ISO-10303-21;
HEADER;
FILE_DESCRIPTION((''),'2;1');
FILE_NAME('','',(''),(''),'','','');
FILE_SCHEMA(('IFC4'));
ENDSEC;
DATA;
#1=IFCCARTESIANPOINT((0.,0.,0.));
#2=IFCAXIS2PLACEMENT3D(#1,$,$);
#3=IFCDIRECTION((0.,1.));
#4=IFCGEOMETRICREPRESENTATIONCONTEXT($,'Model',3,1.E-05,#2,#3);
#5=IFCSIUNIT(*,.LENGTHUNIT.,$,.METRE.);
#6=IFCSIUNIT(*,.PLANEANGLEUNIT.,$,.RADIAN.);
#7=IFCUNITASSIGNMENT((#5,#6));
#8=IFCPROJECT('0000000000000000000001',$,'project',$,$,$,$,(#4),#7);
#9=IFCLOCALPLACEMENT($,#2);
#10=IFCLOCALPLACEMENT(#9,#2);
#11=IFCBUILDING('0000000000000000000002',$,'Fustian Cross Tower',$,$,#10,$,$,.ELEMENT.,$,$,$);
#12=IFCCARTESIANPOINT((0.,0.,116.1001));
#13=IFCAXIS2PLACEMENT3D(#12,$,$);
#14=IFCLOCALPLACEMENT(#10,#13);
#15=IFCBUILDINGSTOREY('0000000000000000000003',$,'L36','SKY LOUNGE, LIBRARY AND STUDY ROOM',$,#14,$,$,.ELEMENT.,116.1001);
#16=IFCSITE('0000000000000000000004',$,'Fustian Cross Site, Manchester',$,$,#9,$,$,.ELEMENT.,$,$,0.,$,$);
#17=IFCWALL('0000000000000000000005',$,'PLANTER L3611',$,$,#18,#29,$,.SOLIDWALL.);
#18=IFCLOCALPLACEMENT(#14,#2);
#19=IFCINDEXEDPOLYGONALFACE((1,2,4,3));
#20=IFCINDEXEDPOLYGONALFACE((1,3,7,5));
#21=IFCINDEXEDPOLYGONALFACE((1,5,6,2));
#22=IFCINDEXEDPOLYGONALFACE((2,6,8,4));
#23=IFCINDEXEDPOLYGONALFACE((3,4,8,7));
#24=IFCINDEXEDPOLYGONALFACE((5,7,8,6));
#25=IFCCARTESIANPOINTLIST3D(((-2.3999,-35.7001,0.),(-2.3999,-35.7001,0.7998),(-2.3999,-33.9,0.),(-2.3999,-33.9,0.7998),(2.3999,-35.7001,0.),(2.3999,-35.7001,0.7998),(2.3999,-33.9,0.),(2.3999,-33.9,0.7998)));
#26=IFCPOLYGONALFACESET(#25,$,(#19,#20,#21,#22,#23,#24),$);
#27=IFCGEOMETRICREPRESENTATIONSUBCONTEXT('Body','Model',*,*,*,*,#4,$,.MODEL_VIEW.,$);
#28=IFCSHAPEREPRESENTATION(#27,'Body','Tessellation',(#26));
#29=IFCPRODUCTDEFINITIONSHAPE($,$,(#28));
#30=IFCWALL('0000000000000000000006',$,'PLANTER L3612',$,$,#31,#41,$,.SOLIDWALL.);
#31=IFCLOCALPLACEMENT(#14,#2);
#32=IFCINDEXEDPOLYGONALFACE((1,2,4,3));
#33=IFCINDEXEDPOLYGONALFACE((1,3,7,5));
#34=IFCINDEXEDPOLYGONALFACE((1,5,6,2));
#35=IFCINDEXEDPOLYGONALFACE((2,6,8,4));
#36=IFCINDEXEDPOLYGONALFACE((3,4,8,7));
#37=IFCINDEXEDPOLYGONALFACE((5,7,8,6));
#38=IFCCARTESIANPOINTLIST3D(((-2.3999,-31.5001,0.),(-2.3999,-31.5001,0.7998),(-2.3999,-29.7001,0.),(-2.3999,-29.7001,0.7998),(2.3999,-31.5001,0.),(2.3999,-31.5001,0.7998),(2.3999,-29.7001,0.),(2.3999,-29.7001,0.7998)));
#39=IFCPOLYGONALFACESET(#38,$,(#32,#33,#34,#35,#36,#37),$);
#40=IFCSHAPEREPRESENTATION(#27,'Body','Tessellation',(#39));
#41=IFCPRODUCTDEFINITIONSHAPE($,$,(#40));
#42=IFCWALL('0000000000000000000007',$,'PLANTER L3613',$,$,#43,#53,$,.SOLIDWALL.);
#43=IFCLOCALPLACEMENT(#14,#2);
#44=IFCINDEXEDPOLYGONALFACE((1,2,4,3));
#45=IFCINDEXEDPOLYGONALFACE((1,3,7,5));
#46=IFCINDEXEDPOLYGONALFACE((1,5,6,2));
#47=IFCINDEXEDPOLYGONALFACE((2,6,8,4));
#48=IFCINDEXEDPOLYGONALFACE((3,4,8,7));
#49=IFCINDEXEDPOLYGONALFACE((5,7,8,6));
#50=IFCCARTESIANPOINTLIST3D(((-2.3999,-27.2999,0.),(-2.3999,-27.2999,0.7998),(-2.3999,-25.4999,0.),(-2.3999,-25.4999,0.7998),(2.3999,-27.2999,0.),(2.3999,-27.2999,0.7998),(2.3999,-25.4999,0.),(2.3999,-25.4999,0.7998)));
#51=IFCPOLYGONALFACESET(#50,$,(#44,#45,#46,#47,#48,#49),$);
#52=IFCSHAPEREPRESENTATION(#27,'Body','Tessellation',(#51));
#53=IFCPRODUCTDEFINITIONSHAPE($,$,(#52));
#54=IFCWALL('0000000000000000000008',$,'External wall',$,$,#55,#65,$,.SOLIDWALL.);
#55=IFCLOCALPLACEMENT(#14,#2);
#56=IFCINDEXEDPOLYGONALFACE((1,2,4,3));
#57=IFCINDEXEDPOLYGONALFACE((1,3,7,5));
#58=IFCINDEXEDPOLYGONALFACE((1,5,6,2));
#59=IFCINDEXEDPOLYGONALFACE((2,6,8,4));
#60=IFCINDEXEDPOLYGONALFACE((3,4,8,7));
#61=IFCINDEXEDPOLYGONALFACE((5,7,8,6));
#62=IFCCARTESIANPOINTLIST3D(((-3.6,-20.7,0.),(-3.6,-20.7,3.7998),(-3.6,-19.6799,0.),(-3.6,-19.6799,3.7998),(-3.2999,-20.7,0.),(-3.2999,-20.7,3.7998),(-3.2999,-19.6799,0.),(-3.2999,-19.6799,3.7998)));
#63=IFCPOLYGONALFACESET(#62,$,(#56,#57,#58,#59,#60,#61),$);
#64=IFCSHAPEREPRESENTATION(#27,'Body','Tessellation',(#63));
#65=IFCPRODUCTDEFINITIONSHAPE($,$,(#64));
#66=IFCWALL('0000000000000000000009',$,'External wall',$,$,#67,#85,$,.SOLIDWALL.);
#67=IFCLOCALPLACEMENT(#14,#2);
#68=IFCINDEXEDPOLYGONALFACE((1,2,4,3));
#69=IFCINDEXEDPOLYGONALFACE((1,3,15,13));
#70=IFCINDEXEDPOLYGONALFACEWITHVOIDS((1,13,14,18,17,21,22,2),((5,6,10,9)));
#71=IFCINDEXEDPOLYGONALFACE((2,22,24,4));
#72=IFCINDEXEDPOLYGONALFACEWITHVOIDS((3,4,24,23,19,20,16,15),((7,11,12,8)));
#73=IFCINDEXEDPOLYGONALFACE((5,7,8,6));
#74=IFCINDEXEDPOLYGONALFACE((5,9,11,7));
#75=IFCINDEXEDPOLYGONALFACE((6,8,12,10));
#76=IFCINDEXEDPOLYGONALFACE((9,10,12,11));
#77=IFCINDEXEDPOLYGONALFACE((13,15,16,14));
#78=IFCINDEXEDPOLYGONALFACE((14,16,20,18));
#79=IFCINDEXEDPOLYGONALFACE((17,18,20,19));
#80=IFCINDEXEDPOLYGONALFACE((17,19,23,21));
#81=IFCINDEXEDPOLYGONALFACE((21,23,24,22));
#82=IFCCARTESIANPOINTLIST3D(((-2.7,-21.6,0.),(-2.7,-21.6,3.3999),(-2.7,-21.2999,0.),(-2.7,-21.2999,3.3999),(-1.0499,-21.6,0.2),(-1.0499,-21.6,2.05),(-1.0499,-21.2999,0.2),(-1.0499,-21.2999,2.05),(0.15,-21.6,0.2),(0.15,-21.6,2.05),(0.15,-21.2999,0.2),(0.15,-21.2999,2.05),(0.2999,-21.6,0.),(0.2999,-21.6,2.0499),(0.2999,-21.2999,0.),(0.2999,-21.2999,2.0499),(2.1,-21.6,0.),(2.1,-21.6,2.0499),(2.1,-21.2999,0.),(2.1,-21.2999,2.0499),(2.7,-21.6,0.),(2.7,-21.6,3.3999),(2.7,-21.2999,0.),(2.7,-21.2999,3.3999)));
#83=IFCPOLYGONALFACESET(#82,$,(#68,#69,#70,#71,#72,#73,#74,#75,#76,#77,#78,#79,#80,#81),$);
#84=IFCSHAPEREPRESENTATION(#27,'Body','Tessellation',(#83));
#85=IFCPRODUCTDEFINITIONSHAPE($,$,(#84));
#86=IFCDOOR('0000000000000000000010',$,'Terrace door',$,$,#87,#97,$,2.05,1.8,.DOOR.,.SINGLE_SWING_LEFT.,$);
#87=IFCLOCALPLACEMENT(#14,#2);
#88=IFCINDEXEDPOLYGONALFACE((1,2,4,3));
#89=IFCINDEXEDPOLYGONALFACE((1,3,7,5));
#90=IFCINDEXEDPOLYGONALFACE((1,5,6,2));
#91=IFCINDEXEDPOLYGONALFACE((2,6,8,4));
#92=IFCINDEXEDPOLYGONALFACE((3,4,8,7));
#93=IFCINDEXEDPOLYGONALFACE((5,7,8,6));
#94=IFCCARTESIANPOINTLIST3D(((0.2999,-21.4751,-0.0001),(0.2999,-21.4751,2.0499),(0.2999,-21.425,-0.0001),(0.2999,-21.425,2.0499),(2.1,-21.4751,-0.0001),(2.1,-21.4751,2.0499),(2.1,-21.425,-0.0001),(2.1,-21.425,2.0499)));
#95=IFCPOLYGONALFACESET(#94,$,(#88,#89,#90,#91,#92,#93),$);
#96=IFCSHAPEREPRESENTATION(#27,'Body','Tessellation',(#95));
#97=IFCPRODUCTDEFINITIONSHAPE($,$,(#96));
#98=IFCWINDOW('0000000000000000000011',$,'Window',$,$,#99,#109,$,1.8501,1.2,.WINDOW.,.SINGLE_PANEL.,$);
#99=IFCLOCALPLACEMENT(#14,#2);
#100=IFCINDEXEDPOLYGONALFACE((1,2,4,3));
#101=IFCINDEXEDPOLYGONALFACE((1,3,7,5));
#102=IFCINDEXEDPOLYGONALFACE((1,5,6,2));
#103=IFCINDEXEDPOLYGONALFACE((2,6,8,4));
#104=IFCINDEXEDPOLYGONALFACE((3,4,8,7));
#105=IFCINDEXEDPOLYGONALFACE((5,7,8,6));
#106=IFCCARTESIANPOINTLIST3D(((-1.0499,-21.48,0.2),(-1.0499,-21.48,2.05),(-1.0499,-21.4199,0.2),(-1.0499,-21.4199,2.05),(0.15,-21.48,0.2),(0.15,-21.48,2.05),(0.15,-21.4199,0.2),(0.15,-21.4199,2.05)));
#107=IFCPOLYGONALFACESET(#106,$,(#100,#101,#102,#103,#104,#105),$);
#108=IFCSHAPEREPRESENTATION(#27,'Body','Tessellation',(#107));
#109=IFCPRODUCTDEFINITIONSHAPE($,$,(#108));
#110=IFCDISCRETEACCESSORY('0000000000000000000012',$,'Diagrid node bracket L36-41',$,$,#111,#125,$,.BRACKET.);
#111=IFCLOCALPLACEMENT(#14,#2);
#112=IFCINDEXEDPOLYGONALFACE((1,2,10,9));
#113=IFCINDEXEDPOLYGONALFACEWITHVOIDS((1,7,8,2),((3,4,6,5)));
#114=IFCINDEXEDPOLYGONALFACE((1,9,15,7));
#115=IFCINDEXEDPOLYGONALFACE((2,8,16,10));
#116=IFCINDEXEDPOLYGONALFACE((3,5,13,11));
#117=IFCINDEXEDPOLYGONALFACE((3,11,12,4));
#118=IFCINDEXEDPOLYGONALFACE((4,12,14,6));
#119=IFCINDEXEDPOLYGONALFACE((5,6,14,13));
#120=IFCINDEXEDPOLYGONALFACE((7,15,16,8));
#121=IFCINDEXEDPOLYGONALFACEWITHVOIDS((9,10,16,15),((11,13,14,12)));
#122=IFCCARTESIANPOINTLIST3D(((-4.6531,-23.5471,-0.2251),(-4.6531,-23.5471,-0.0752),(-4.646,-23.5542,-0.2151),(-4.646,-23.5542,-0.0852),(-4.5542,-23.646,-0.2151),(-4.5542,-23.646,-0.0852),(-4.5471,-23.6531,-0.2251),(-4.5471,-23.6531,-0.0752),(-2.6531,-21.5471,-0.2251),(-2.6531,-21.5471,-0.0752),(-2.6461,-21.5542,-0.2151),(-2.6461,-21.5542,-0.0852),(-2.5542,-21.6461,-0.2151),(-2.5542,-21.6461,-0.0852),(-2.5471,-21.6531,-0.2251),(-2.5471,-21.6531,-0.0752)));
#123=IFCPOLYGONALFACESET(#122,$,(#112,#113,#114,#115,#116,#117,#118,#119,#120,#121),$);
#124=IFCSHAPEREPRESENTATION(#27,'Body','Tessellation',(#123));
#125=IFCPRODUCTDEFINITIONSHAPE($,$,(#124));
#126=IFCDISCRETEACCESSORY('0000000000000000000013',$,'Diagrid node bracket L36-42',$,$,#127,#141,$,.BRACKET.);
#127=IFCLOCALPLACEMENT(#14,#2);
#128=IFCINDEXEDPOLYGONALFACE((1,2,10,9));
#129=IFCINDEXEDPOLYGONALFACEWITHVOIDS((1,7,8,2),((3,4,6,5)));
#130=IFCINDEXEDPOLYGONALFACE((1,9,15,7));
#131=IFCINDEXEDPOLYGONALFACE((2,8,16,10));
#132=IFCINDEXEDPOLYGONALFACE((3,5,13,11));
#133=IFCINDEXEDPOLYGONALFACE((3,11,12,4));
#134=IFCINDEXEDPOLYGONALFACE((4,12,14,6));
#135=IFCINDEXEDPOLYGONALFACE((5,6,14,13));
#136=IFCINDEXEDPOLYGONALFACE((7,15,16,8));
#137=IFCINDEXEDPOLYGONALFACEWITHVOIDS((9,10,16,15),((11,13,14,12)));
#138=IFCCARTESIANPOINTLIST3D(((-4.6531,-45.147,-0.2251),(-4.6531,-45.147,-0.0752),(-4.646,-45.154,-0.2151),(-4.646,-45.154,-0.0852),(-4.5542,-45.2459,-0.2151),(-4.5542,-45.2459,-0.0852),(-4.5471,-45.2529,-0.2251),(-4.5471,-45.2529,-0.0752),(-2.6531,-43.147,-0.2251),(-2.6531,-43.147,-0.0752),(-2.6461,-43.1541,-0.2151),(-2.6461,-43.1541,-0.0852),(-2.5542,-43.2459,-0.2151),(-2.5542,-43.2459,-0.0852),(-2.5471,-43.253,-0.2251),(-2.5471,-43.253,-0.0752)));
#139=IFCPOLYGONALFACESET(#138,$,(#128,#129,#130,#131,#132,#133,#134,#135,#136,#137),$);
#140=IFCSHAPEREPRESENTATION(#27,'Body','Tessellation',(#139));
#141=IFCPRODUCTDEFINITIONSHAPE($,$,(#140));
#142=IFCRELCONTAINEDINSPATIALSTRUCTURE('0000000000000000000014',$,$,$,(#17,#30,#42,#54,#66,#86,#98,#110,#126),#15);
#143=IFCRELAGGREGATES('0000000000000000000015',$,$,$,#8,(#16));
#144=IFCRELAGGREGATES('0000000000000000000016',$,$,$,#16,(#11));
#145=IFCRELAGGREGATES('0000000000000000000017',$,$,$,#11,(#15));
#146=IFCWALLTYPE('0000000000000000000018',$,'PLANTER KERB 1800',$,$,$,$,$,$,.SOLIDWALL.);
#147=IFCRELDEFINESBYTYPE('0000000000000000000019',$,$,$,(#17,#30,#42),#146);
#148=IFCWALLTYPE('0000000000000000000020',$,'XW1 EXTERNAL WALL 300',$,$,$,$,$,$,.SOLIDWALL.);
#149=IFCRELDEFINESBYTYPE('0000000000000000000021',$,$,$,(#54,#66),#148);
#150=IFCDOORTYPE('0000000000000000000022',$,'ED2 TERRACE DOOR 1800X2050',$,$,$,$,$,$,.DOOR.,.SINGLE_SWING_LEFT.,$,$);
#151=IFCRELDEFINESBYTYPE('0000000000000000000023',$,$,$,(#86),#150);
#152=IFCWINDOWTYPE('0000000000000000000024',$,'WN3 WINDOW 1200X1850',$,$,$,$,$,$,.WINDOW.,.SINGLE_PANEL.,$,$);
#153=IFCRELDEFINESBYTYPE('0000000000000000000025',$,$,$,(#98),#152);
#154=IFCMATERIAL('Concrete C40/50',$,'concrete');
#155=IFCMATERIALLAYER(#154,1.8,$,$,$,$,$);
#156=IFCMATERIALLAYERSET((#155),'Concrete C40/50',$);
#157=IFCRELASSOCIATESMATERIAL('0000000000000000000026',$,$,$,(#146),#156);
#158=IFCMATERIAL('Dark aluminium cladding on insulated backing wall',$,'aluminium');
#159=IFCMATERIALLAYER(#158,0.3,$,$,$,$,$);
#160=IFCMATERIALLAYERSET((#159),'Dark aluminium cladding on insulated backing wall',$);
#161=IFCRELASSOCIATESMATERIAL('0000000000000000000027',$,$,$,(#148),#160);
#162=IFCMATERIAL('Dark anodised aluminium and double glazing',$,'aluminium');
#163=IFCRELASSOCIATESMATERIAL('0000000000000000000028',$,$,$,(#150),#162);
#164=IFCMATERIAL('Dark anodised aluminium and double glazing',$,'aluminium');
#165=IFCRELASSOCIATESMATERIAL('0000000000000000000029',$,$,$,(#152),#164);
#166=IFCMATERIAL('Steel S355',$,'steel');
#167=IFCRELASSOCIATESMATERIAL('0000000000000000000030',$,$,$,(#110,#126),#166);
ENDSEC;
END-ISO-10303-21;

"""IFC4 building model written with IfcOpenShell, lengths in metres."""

from ifc_helpers import new_model, si_unit, direction, frame, frame_2d, origin, origin_2d, place, context, subcontext, project, spatial, rectangle, hollow_rectangle, extrude, material, layer, layer_set, type_object, element, fill, save


model = new_model("IFC4")

# Units and contexts
model_context = context("Model", 3, precision=1e-05, world=origin(), true_north=direction((0.0, 1.0)))
body_context = subcontext(model_context, "Body", "Model", "MODEL_VIEW")
ifc_project = project(units=[si_unit("LENGTHUNIT", "METRE"), si_unit("PLANEANGLEUNIT", "RADIAN")], contexts=[model_context])

# Site, building, storey
site_placement = place(None, origin())
site = spatial("IfcSite", under=ifc_project, at=site_placement, Name="Fustian Cross Site, Manchester", CompositionType="ELEMENT", RefElevation=0.0)
building_placement = place(site_placement, origin())
building = spatial("IfcBuilding", under=site, at=building_placement, Name="Fustian Cross Tower", CompositionType="ELEMENT")
storey_placement = place(building_placement, frame((0.0, 0.0, 116.1001)))
storey = spatial("IfcBuildingStorey", under=building, at=storey_placement, Name="L36", Description="SKY LOUNGE, LIBRARY AND STUDY ROOM", CompositionType="ELEMENT", Elevation=116.1001)

# Walls
ifc_material_1 = material(Name="Concrete C40/50", Category="concrete")
ifc_layer_1 = layer(ifc_material_1, 1.8)
ifc_layer_set_1 = layer_set([ifc_layer_1], Name="Concrete C40/50")
wall_type_1 = type_object("IfcWallType", Name="PLANTER KERB 1800", PredefinedType="SOLIDWALL", material=ifc_layer_set_1)
for number, where, z_axis, x_axis, name in (
    (1, (-2.3999, -34.8, 0.0), (0.0, 0.0, 1.0), (1.0, 0.0, 0.0), "PLANTER L3611"),
    (2, (-2.3999, -30.6001, 0.0), (0.0, 0.0, 1.0), (1.0, 0.0, 0.0), "PLANTER L3612"),
    (3, (-2.3999, -26.3999, 0.0), (0.0, 0.0, 1.0), (1.0, 0.0, 0.0), "PLANTER L3613"),
):
    element("IfcWall", number, at=place(storey_placement, frame(where, z_axis=z_axis, x_axis=x_axis)), inside=storey, type_object=wall_type_1, Name=name, PredefinedType="SOLIDWALL", context=body_context, shape_type="SweptSolid", body=[
        extrude(rectangle(XDim=4.7998, YDim=1.8, at=frame_2d((2.3999, 0.0))), origin(), (0.0, 0.0, 1.0), 0.7998),
    ])
ifc_material_2 = material(Name="Dark aluminium cladding on insulated backing wall", Category="aluminium")
ifc_layer_2 = layer(ifc_material_2, 0.3)
ifc_layer_set_2 = layer_set([ifc_layer_2], Name="Dark aluminium cladding on insulated backing wall")
wall_type_2 = type_object("IfcWallType", Name="XW1 EXTERNAL WALL 300", PredefinedType="SOLIDWALL", material=ifc_layer_set_2)
wall_1_placement = place(storey_placement, frame((-3.45, -19.6799, 0.0), z_axis=(0.0, 0.0, 1.0), x_axis=(0.0, -1.0, 0.0)))
element("IfcWall", 4, at=wall_1_placement, inside=storey, type_object=wall_type_2, Name="External wall", PredefinedType="SOLIDWALL", context=body_context, shape_type="SweptSolid", body=[
    extrude(rectangle(XDim=1.02, YDim=0.3, at=frame_2d((0.51, 0.0))), origin(), (0.0, 0.0, 1.0), 3.7998),
])

# Wall, openings, door, window
wall_2_placement = place(storey_placement, frame((-2.7, -21.45, 0.0), z_axis=(0.0, 0.0, 1.0), x_axis=(1.0, 0.0, 0.0)))
wall_2 = element("IfcWall", 5, at=wall_2_placement, inside=storey, type_object=wall_type_2, Name="External wall", PredefinedType="SOLIDWALL", context=body_context, shape_type="SweptSolid", body=[
    extrude(rectangle(XDim=5.3999, YDim=0.3, at=frame_2d((2.7, 0.0))), origin(), (0.0, 0.0, 1.0), 3.3999),
])
opening_1_placement = place(wall_2_placement, frame((3.0, 0.0, 0.0)))
opening_1 = element("IfcOpeningElement", 6, at=opening_1_placement, cuts=wall_2, PredefinedType="OPENING", context=body_context, shape_type="SweptSolid", body=[
    extrude(rectangle(XDim=1.8, YDim=2.05, at=frame_2d((0.8999, 1.0249))), frame((0.0, 0.1599, 0.0), z_axis=(0.0, -1.0, 0.0), x_axis=(1.0, 0.0, 0.0)), (0.0, 0.0, 1.0), 0.3201),
])
opening_2_placement = place(wall_2_placement, frame((1.6499, 0.0, 0.2)))
opening_2 = element("IfcOpeningElement", 7, at=opening_2_placement, cuts=wall_2, PredefinedType="OPENING", context=body_context, shape_type="SweptSolid", body=[
    extrude(rectangle(XDim=1.2, YDim=1.8501, at=frame_2d((0.6001, 0.925))), frame((0.0, 0.1599, 0.0), z_axis=(0.0, -1.0, 0.0), x_axis=(1.0, 0.0, 0.0)), (0.0, 0.0, 1.0), 0.3201),
])
ifc_material_3 = material(Name="Dark anodised aluminium and double glazing", Category="aluminium")
door_type = type_object("IfcDoorType", Name="ED2 TERRACE DOOR 1800X2050", OperationType="SINGLE_SWING_LEFT", PredefinedType="DOOR", material=ifc_material_3)
door_placement = place(opening_1_placement, origin())
door = element("IfcDoor", 8, at=door_placement, inside=storey, type_object=door_type, Name="Terrace door", OperationType="SINGLE_SWING_LEFT", OverallHeight=2.05, OverallWidth=1.8, PredefinedType="DOOR", context=body_context, shape_type="SweptSolid", body=[
    extrude(rectangle(XDim=1.8, YDim=2.05, at=frame_2d((0.8999, 1.0249))), frame((0.0, 0.0249, 0.0), z_axis=(0.0, -1.0, 0.0), x_axis=(1.0, 0.0, 0.0)), (0.0, 0.0, 1.0), 0.05),
])
fill(opening_1, door)
ifc_material_4 = material(Name="Dark anodised aluminium and double glazing", Category="aluminium")
window_type = type_object("IfcWindowType", Name="WN3 WINDOW 1200X1850", PartitioningType="SINGLE_PANEL", PredefinedType="WINDOW", material=ifc_material_4)
window_placement = place(opening_2_placement, origin())
window = element("IfcWindow", 9, at=window_placement, inside=storey, type_object=window_type, Name="Window", OverallHeight=1.8501, OverallWidth=1.2, PartitioningType="SINGLE_PANEL", PredefinedType="WINDOW", context=body_context, shape_type="SweptSolid", body=[
    extrude(rectangle(XDim=1.2, YDim=1.8501, at=frame_2d((0.6001, 0.925))), frame((0.0, 0.03, 0.0), z_axis=(0.0, -1.0, 0.0), x_axis=(1.0, 0.0, 0.0)), (0.0, 0.0, 1.0), 0.0601),
])
fill(opening_2, window)

# Discrete accessories
ifc_material_5 = material(Name="Steel S355", Category="steel")
for number, where, z_axis, x_axis, name in (
    (10, (-4.6001, -23.6001, -0.1501), (0.707107, 0.707107, 0.0), (-0.707107, 0.707107, 0.0), "Diagrid node bracket L36-41"),
    (11, (-4.6001, -45.2, -0.1501), (0.707107, 0.707107, 0.0), (-0.707107, 0.707107, 0.0), "Diagrid node bracket L36-42"),
):
    element("IfcDiscreteAccessory", number, at=place(storey_placement, frame(where, z_axis=z_axis, x_axis=x_axis)), inside=storey, material=ifc_material_5, Name=name, PredefinedType="BRACKET", context=body_context, shape_type="SweptSolid", body=[
        extrude(hollow_rectangle(XDim=0.1499, YDim=0.1499, WallThickness=0.01, at=origin_2d()), origin(), (0.0, 0.0, 1.0), 2.8284),
    ])

save(model, "model.ifc")
